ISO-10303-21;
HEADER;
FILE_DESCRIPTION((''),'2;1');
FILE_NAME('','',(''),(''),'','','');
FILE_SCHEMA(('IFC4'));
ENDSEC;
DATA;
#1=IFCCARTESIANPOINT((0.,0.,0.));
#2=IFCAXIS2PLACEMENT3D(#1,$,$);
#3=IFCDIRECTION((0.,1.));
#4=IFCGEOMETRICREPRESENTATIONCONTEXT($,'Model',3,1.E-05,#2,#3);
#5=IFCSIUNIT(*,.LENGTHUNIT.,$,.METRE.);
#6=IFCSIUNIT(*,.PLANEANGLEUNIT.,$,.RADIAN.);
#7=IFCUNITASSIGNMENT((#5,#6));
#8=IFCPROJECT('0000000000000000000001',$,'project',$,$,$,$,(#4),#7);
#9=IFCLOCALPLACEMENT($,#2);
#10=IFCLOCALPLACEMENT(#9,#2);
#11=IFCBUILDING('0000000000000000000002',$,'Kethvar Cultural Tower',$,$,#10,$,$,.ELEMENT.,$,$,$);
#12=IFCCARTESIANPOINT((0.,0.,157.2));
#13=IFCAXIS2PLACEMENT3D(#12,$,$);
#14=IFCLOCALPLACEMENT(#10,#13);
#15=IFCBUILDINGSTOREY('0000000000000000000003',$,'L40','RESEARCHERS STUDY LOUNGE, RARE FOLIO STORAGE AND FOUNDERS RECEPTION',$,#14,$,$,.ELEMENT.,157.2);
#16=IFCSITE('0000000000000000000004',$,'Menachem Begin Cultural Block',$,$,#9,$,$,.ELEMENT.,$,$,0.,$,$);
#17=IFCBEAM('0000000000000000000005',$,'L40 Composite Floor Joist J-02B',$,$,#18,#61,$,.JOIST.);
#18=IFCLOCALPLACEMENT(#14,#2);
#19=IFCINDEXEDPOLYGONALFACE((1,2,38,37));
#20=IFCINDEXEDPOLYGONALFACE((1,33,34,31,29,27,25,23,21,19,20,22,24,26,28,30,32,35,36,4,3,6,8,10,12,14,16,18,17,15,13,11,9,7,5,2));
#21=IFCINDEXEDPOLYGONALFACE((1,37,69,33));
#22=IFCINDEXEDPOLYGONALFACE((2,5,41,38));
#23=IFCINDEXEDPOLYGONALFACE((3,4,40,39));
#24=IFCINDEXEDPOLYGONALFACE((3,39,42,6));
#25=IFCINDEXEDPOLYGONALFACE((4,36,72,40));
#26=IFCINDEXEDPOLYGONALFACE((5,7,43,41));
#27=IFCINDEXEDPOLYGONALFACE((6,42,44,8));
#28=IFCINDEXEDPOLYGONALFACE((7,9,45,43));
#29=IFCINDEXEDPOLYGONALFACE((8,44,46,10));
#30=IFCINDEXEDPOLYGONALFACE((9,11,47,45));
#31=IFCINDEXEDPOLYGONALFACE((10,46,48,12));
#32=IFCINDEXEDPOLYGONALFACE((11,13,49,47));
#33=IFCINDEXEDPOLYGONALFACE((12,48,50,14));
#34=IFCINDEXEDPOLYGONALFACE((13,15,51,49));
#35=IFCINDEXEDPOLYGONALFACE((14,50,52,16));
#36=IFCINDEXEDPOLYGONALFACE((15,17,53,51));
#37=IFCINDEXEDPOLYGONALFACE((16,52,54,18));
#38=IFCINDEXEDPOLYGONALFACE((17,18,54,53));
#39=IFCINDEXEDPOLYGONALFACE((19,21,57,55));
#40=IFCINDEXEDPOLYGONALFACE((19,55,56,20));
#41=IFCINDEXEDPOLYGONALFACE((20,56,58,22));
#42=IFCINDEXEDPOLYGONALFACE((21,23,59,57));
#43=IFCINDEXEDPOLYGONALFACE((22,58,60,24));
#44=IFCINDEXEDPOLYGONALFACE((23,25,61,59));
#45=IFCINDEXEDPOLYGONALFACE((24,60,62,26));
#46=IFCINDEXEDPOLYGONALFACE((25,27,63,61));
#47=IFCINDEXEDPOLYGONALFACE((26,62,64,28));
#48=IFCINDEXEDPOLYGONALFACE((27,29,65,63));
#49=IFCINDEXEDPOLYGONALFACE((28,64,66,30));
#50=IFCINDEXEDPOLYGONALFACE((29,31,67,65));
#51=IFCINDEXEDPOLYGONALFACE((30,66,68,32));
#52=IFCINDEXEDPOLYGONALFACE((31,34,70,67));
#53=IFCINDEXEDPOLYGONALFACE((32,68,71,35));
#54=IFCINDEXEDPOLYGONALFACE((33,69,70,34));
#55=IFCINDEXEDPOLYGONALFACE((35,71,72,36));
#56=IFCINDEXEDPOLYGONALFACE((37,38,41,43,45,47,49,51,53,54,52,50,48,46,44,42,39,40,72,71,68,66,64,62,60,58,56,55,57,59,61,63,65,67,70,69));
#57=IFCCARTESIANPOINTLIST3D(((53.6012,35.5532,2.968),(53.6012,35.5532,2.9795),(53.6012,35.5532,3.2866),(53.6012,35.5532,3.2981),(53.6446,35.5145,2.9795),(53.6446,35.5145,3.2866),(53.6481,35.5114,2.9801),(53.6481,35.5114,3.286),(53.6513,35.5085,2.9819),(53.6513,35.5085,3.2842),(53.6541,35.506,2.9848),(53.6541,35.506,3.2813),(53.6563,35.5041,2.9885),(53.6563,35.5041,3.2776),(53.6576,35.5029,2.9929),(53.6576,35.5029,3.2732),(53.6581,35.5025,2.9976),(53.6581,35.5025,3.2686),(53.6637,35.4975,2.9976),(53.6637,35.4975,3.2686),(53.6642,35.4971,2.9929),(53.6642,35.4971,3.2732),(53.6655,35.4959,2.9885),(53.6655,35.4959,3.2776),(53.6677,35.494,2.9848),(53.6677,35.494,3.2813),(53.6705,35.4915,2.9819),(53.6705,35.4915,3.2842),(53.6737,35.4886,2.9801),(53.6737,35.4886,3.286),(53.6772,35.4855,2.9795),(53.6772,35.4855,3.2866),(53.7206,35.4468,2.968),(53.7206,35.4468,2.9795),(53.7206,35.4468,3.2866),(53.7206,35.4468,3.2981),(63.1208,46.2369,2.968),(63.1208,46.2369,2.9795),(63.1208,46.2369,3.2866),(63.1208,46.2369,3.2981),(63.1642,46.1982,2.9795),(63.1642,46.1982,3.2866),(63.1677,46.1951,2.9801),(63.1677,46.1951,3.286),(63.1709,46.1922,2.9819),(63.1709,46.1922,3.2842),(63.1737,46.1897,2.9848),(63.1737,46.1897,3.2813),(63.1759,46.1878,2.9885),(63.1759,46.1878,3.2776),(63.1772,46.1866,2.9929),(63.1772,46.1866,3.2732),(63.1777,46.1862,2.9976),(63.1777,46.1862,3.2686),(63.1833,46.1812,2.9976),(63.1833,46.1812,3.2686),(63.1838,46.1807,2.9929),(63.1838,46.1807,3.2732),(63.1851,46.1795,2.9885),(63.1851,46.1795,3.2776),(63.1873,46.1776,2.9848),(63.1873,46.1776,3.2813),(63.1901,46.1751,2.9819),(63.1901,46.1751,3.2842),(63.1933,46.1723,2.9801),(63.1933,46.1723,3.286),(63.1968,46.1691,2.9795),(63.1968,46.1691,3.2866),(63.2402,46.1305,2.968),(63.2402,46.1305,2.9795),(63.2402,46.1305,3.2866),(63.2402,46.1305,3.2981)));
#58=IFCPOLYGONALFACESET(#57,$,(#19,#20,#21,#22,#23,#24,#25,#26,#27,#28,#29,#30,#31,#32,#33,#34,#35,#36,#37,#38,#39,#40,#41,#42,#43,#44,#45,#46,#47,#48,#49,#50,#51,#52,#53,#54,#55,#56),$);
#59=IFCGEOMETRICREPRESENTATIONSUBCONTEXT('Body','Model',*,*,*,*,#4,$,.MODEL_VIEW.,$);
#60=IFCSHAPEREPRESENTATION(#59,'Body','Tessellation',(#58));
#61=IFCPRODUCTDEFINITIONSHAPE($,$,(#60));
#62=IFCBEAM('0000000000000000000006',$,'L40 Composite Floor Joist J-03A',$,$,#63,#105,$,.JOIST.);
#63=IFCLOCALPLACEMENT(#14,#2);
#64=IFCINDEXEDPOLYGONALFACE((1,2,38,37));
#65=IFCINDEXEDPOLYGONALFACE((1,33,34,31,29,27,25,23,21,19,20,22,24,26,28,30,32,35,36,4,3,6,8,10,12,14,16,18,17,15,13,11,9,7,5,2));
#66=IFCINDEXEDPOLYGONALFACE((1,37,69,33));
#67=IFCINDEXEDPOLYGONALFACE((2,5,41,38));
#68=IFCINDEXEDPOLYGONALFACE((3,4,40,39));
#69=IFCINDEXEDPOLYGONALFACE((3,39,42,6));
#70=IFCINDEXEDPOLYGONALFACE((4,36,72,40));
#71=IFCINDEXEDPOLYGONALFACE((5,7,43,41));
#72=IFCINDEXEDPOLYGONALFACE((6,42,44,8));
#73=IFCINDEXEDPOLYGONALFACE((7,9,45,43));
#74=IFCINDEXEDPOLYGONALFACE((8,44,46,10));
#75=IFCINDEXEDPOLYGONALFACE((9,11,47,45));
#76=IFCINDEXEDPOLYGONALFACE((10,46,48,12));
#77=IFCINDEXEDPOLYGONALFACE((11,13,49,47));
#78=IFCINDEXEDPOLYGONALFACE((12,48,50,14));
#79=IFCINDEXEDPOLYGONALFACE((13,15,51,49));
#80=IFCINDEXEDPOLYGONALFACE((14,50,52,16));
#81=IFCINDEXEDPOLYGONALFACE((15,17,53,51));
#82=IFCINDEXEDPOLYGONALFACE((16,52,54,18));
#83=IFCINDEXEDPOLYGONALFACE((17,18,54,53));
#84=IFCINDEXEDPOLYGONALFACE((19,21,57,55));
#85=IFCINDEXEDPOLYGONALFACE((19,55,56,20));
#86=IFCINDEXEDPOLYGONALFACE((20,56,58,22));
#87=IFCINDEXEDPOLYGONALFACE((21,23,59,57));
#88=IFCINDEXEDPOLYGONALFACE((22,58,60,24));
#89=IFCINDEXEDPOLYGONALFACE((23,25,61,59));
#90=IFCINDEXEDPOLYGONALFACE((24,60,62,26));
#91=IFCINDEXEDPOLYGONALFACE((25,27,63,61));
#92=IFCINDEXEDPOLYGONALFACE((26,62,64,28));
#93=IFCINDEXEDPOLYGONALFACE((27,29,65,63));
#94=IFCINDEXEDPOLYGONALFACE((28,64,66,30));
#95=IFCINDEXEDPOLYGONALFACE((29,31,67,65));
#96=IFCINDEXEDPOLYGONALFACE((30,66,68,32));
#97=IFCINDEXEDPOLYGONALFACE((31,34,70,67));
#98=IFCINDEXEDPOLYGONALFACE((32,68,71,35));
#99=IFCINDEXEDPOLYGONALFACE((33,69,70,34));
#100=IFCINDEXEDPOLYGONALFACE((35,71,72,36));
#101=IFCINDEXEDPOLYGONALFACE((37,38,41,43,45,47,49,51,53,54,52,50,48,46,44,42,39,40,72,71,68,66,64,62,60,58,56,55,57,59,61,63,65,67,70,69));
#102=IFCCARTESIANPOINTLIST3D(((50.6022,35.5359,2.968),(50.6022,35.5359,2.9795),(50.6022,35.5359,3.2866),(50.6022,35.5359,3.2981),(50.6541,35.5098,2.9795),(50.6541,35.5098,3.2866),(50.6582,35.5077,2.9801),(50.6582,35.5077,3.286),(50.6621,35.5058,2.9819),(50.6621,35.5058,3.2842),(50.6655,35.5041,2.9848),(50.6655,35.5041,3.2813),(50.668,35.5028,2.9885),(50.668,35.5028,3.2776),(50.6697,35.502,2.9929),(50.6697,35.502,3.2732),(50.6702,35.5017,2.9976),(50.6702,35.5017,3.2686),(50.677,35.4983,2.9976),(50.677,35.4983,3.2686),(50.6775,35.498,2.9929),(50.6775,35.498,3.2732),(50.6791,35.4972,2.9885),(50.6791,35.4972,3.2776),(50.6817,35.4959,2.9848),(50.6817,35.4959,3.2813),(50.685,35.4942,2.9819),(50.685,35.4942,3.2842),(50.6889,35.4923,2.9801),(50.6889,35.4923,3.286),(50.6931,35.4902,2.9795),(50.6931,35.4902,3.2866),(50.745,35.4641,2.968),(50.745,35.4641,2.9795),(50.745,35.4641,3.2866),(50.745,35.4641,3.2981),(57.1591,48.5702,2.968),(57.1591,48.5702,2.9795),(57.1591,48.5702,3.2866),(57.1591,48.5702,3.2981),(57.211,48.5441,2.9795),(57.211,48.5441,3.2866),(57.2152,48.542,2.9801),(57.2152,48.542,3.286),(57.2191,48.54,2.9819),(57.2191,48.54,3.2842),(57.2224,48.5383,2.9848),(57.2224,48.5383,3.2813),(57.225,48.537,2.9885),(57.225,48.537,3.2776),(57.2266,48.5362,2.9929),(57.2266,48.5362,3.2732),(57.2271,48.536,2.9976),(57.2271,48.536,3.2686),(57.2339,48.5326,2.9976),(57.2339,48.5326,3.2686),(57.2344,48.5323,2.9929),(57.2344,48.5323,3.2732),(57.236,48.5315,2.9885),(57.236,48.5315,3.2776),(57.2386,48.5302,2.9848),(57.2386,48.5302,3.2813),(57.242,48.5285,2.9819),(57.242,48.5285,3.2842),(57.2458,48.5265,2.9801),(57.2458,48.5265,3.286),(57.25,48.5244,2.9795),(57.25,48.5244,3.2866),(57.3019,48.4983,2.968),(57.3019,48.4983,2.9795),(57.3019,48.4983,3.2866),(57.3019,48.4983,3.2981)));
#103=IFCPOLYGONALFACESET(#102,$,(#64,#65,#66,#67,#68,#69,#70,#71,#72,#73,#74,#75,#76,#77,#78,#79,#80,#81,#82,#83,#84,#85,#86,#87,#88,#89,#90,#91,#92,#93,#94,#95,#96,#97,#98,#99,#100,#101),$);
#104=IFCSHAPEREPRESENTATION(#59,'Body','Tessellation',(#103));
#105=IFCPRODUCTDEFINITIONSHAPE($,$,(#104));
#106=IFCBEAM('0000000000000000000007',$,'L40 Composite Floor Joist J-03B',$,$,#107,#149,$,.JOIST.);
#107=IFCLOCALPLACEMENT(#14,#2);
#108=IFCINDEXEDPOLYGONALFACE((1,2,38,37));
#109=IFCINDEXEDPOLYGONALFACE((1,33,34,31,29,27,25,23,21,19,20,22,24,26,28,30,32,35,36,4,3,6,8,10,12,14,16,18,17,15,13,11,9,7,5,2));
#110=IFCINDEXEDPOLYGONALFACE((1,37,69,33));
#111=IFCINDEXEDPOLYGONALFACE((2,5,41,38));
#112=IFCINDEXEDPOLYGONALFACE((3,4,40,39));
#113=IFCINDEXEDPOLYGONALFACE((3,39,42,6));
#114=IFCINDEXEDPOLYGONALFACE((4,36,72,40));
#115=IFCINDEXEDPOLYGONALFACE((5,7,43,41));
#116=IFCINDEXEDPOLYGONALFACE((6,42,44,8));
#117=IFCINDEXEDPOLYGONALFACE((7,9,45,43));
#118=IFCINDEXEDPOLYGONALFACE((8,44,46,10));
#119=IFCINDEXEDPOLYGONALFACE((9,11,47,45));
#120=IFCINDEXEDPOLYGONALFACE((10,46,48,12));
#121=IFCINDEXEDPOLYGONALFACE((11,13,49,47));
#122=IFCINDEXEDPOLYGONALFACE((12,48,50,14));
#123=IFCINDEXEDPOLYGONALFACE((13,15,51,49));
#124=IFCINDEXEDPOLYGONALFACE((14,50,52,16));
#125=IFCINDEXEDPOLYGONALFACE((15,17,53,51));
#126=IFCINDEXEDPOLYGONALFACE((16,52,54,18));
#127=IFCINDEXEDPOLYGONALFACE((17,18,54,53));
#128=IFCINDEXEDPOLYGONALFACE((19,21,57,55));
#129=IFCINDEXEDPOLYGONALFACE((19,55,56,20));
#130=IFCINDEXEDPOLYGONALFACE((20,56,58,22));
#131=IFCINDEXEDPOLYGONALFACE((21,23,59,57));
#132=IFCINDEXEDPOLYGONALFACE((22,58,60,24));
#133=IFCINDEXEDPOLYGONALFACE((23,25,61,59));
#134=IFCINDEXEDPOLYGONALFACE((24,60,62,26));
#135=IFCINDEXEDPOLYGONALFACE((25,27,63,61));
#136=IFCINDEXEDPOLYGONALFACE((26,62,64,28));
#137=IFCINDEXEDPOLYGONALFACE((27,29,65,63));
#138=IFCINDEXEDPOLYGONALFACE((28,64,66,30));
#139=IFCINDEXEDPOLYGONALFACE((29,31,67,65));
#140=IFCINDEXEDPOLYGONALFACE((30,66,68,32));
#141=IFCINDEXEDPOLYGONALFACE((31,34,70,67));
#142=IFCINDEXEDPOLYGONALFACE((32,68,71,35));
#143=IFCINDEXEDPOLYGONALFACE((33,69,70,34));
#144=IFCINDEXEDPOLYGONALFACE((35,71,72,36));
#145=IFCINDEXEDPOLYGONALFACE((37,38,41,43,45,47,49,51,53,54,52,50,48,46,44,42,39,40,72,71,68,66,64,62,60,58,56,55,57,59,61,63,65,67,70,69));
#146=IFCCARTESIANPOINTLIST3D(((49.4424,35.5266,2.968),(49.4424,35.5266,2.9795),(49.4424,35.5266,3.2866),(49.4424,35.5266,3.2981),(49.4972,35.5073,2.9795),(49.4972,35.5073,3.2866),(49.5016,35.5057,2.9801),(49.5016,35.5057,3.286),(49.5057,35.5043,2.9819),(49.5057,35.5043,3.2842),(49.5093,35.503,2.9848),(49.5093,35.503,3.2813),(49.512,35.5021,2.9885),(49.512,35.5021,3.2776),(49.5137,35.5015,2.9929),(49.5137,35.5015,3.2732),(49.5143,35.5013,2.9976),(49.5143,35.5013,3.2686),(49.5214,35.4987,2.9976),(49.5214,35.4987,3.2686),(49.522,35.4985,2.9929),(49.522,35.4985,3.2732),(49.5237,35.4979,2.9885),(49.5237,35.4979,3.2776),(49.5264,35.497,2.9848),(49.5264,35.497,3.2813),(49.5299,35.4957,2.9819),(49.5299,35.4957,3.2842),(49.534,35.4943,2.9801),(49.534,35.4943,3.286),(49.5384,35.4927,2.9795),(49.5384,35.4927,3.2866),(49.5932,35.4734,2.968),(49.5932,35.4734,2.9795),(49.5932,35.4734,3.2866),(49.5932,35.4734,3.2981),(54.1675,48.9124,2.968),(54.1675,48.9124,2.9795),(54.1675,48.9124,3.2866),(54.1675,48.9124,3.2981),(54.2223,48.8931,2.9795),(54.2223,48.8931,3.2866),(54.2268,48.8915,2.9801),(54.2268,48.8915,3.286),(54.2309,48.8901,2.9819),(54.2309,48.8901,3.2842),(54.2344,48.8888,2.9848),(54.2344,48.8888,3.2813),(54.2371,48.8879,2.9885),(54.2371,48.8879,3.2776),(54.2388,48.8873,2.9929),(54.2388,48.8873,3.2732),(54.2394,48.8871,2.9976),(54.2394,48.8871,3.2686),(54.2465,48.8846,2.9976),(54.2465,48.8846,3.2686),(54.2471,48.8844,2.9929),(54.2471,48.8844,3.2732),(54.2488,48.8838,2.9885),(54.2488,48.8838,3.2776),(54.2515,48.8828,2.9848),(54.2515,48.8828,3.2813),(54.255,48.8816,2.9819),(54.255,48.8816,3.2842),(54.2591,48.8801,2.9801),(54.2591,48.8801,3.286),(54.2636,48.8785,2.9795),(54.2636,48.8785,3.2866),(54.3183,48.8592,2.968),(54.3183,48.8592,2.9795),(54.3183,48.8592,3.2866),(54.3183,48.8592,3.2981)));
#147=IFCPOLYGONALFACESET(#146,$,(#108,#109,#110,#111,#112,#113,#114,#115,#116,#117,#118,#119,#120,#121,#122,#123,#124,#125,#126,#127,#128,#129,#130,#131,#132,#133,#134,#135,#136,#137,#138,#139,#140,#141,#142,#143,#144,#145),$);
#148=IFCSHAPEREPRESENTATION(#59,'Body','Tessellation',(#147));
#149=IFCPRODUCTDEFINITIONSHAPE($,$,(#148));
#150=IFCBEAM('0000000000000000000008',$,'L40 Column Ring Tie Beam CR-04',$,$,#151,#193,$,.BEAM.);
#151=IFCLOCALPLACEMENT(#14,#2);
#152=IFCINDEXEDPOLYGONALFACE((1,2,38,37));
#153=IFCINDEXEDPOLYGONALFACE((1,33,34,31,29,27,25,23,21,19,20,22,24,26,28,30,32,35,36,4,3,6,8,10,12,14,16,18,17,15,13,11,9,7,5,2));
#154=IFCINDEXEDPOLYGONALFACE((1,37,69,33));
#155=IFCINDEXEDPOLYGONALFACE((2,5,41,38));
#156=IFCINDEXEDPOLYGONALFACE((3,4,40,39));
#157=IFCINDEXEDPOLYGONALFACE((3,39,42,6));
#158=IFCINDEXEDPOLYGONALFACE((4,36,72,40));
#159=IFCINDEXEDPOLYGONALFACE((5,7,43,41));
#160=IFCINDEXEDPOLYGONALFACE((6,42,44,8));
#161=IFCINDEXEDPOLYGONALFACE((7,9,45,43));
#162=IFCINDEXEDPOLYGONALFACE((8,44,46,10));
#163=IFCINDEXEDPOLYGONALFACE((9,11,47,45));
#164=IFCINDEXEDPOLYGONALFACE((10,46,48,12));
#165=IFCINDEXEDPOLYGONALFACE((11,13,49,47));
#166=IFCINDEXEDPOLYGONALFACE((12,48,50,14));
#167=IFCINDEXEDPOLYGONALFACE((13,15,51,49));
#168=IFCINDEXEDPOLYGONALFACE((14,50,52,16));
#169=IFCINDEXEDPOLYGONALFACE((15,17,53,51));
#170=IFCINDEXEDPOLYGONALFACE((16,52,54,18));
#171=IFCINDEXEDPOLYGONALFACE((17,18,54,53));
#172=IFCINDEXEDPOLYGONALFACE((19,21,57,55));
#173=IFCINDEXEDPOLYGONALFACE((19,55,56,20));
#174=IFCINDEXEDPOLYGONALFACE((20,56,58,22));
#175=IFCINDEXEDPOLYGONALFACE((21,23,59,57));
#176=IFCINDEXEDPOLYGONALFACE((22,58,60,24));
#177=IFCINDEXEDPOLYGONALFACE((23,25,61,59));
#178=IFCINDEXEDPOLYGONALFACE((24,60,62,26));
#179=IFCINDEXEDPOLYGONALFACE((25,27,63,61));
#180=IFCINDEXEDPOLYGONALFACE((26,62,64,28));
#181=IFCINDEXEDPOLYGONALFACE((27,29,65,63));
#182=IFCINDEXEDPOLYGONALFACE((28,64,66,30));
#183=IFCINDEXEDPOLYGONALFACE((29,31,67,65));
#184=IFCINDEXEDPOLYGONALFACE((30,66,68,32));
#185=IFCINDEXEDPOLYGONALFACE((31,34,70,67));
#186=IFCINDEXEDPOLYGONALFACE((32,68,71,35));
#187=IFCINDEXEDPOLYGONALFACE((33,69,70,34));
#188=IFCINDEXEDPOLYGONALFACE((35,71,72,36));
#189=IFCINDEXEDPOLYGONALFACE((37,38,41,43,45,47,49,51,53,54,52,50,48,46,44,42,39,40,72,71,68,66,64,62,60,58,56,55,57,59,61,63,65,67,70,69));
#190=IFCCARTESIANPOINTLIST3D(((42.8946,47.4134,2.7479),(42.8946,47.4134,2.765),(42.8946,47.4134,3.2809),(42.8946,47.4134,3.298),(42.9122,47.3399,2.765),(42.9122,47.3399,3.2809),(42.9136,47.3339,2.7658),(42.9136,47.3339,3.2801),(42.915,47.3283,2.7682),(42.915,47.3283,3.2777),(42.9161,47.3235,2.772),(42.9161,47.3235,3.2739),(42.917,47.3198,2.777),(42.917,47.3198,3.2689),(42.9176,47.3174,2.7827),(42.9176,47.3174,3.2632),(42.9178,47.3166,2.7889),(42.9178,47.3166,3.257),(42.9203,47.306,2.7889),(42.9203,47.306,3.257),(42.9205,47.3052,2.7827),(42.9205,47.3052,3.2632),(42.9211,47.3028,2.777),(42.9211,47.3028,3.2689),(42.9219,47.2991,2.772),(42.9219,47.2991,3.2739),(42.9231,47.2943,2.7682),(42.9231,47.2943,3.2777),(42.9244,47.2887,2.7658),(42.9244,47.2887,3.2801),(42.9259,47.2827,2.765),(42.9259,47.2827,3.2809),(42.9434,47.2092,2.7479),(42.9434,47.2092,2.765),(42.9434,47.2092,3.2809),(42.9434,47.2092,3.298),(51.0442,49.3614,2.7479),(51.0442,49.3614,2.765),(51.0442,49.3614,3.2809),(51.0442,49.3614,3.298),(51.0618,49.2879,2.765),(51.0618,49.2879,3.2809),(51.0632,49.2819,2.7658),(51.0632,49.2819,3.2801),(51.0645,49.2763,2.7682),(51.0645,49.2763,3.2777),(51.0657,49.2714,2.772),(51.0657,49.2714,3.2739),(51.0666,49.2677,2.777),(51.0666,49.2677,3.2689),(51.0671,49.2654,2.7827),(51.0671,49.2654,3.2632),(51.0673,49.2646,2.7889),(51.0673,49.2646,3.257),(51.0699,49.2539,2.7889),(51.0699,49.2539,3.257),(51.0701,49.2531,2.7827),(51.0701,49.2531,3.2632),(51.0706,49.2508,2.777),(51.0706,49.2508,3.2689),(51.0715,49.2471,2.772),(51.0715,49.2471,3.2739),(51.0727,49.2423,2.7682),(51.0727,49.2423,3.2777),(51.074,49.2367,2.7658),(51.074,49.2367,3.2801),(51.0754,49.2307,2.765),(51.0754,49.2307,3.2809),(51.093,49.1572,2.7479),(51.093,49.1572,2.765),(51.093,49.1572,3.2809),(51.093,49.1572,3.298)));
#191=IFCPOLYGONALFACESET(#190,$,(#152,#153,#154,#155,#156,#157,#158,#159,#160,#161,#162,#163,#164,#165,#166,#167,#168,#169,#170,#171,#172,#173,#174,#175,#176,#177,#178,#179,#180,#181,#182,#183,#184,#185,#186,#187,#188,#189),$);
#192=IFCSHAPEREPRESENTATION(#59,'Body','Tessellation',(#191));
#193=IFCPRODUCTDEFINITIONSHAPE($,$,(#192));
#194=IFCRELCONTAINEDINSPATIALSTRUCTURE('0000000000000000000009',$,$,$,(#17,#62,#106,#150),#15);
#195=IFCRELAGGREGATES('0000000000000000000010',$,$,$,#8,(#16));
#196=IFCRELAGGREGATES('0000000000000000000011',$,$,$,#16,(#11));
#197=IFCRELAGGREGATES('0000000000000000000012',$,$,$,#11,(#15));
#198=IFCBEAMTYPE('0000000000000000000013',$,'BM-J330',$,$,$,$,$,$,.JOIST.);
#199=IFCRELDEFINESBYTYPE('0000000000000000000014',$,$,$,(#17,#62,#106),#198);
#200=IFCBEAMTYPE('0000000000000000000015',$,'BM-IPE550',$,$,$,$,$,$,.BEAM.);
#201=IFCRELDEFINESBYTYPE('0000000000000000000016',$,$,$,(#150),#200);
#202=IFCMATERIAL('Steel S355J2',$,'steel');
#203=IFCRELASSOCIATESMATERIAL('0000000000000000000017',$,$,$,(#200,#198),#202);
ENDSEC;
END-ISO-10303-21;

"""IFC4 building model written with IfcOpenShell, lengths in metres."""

from ifc_helpers import new_model, si_unit, direction, frame, origin, origin_2d, place, context, subcontext, project, spatial, i_section, extrude, source, transform, mapped, material, material_profile, profile_set, type_object, element, save


model = new_model("IFC4")

# Units and contexts
model_context = context("Model", 3, precision=1e-05, world=origin(), true_north=direction((0.0, 1.0)))
body_context = subcontext(model_context, "Body", "Model", "MODEL_VIEW")
ifc_project = project(units=[si_unit("LENGTHUNIT", "METRE"), si_unit("PLANEANGLEUNIT", "RADIAN")], contexts=[model_context])

# Site, building, storey
site_placement = place(None, origin())
site = spatial("IfcSite", under=ifc_project, at=site_placement, Name="Menachem Begin Cultural Block", CompositionType="ELEMENT", RefElevation=0.0)
building_placement = place(site_placement, origin())
building = spatial("IfcBuilding", under=site, at=building_placement, Name="Kethvar Cultural Tower", CompositionType="ELEMENT")
storey_placement = place(building_placement, frame((0.0, 0.0, 157.2)))
storey = spatial("IfcBuildingStorey", under=building, at=storey_placement, Name="L40", Description="RESEARCHERS STUDY LOUNGE, RARE FOLIO STORAGE AND FOUNDERS RECEPTION", CompositionType="ELEMENT", Elevation=157.2)

# Beams
ifc_material_1 = material(Name="Steel S355J2", Category="steel")
ifc_material_profile_1 = material_profile(ifc_material_1, i_section(OverallWidth=0.21, OverallDepth=0.55, WebThickness=0.011, FlangeThickness=0.0171, FilletRadius=0.0239, at=origin_2d()), Name="Steel S355J2 — IPE550")
ifc_profile_set_1 = profile_set([ifc_material_profile_1], Name="Steel S355J2 — IPE550")
beam_type_1 = type_object("IfcBeamType", Name="BM-IPE550", PredefinedType="BEAM", material=ifc_profile_set_1)
ifc_material_profile_2 = material_profile(ifc_material_1, i_section(OverallWidth=0.1599, OverallDepth=0.3301, WebThickness=0.0076, FlangeThickness=0.0115, FilletRadius=0.0181, at=origin_2d()), Name="Steel S355J2 — IPE330")
ifc_profile_set_2 = profile_set([ifc_material_profile_2], Name="Steel S355J2 — IPE330")
beam_type_2 = type_object("IfcBeamType", Name="BM-J330", PredefinedType="JOIST", material=ifc_profile_set_2)
shared_shape_1 = source(origin(), body_context, "Body", "SweptSolid", [
    extrude(i_section(OverallWidth=0.1599, OverallDepth=0.3301, WebThickness=0.0076, FlangeThickness=0.0115, FilletRadius=0.0181, at=origin_2d()), origin(), (0.0, 0.0, 1.0), 14.3096),
])
beam_1_placement = place(storey_placement, frame((53.6609, 35.5, 3.1331), z_axis=(0.665261, 0.746611, 0.0), x_axis=(-0.746611, 0.665261, 0.0)))
element("IfcBeam", 1, at=beam_1_placement, inside=storey, type_object=beam_type_2, Name="L40 Composite Floor Joist J-02B", PredefinedType="JOIST", context=body_context, shape_type="MappedRepresentation", body=[
    mapped(shared_shape_1, transform((0.0, 0.0, 0.0), scale=1.0)),
])
shared_shape_2 = source(origin(), body_context, "Body", "SweptSolid", [
    extrude(i_section(OverallWidth=0.1599, OverallDepth=0.3301, WebThickness=0.0076, FlangeThickness=0.0115, FilletRadius=0.0181, at=origin_2d()), origin(), (0.0, 0.0, 1.0), 14.5906),
])
beam_2_placement = place(storey_placement, frame((50.6736, 35.5, 3.1331), z_axis=(0.449394, 0.893334, 0.0), x_axis=(-0.893334, 0.449394, 0.0)))
element("IfcBeam", 2, at=beam_2_placement, inside=storey, type_object=beam_type_2, Name="L40 Composite Floor Joist J-03A", PredefinedType="JOIST", context=body_context, shape_type="MappedRepresentation", body=[
    mapped(shared_shape_2, transform((0.0, 0.0, 0.0), scale=1.0)),
])
shared_shape_3 = source(origin(), body_context, "Body", "SweptSolid", [
    extrude(i_section(OverallWidth=0.1599, OverallDepth=0.3301, WebThickness=0.0076, FlangeThickness=0.0115, FilletRadius=0.0181, at=origin_2d()), origin(), (0.0, 0.0, 1.0), 14.1953),
])
beam_3_placement = place(storey_placement, frame((49.5178, 35.5, 3.1331), z_axis=(0.332865, 0.942974, 0.0), x_axis=(-0.942974, 0.332865, 0.0)))
element("IfcBeam", 3, at=beam_3_placement, inside=storey, type_object=beam_type_2, Name="L40 Composite Floor Joist J-03B", PredefinedType="JOIST", context=body_context, shape_type="MappedRepresentation", body=[
    mapped(shared_shape_3, transform((0.0, 0.0, 0.0), scale=1.0)),
])
shared_shape_4 = source(origin(), body_context, "Body", "SweptSolid", [
    extrude(i_section(OverallWidth=0.21, OverallDepth=0.55, WebThickness=0.011, FlangeThickness=0.0171, FilletRadius=0.0239, at=origin_2d()), origin(), (0.0, 0.0, 1.0), 8.3792),
])
beam_4_placement = place(storey_placement, frame((51.0686, 49.2593, 3.0229), z_axis=(-0.972601, -0.232479, 0.0), x_axis=(0.232479, -0.972601, 0.0)))
element("IfcBeam", 4, at=beam_4_placement, inside=storey, type_object=beam_type_1, Name="L40 Column Ring Tie Beam CR-04", PredefinedType="BEAM", context=body_context, shape_type="MappedRepresentation", body=[
    mapped(shared_shape_4, transform((0.0, 0.0, 0.0), scale=1.0)),
])

save(model, "model.ifc")
